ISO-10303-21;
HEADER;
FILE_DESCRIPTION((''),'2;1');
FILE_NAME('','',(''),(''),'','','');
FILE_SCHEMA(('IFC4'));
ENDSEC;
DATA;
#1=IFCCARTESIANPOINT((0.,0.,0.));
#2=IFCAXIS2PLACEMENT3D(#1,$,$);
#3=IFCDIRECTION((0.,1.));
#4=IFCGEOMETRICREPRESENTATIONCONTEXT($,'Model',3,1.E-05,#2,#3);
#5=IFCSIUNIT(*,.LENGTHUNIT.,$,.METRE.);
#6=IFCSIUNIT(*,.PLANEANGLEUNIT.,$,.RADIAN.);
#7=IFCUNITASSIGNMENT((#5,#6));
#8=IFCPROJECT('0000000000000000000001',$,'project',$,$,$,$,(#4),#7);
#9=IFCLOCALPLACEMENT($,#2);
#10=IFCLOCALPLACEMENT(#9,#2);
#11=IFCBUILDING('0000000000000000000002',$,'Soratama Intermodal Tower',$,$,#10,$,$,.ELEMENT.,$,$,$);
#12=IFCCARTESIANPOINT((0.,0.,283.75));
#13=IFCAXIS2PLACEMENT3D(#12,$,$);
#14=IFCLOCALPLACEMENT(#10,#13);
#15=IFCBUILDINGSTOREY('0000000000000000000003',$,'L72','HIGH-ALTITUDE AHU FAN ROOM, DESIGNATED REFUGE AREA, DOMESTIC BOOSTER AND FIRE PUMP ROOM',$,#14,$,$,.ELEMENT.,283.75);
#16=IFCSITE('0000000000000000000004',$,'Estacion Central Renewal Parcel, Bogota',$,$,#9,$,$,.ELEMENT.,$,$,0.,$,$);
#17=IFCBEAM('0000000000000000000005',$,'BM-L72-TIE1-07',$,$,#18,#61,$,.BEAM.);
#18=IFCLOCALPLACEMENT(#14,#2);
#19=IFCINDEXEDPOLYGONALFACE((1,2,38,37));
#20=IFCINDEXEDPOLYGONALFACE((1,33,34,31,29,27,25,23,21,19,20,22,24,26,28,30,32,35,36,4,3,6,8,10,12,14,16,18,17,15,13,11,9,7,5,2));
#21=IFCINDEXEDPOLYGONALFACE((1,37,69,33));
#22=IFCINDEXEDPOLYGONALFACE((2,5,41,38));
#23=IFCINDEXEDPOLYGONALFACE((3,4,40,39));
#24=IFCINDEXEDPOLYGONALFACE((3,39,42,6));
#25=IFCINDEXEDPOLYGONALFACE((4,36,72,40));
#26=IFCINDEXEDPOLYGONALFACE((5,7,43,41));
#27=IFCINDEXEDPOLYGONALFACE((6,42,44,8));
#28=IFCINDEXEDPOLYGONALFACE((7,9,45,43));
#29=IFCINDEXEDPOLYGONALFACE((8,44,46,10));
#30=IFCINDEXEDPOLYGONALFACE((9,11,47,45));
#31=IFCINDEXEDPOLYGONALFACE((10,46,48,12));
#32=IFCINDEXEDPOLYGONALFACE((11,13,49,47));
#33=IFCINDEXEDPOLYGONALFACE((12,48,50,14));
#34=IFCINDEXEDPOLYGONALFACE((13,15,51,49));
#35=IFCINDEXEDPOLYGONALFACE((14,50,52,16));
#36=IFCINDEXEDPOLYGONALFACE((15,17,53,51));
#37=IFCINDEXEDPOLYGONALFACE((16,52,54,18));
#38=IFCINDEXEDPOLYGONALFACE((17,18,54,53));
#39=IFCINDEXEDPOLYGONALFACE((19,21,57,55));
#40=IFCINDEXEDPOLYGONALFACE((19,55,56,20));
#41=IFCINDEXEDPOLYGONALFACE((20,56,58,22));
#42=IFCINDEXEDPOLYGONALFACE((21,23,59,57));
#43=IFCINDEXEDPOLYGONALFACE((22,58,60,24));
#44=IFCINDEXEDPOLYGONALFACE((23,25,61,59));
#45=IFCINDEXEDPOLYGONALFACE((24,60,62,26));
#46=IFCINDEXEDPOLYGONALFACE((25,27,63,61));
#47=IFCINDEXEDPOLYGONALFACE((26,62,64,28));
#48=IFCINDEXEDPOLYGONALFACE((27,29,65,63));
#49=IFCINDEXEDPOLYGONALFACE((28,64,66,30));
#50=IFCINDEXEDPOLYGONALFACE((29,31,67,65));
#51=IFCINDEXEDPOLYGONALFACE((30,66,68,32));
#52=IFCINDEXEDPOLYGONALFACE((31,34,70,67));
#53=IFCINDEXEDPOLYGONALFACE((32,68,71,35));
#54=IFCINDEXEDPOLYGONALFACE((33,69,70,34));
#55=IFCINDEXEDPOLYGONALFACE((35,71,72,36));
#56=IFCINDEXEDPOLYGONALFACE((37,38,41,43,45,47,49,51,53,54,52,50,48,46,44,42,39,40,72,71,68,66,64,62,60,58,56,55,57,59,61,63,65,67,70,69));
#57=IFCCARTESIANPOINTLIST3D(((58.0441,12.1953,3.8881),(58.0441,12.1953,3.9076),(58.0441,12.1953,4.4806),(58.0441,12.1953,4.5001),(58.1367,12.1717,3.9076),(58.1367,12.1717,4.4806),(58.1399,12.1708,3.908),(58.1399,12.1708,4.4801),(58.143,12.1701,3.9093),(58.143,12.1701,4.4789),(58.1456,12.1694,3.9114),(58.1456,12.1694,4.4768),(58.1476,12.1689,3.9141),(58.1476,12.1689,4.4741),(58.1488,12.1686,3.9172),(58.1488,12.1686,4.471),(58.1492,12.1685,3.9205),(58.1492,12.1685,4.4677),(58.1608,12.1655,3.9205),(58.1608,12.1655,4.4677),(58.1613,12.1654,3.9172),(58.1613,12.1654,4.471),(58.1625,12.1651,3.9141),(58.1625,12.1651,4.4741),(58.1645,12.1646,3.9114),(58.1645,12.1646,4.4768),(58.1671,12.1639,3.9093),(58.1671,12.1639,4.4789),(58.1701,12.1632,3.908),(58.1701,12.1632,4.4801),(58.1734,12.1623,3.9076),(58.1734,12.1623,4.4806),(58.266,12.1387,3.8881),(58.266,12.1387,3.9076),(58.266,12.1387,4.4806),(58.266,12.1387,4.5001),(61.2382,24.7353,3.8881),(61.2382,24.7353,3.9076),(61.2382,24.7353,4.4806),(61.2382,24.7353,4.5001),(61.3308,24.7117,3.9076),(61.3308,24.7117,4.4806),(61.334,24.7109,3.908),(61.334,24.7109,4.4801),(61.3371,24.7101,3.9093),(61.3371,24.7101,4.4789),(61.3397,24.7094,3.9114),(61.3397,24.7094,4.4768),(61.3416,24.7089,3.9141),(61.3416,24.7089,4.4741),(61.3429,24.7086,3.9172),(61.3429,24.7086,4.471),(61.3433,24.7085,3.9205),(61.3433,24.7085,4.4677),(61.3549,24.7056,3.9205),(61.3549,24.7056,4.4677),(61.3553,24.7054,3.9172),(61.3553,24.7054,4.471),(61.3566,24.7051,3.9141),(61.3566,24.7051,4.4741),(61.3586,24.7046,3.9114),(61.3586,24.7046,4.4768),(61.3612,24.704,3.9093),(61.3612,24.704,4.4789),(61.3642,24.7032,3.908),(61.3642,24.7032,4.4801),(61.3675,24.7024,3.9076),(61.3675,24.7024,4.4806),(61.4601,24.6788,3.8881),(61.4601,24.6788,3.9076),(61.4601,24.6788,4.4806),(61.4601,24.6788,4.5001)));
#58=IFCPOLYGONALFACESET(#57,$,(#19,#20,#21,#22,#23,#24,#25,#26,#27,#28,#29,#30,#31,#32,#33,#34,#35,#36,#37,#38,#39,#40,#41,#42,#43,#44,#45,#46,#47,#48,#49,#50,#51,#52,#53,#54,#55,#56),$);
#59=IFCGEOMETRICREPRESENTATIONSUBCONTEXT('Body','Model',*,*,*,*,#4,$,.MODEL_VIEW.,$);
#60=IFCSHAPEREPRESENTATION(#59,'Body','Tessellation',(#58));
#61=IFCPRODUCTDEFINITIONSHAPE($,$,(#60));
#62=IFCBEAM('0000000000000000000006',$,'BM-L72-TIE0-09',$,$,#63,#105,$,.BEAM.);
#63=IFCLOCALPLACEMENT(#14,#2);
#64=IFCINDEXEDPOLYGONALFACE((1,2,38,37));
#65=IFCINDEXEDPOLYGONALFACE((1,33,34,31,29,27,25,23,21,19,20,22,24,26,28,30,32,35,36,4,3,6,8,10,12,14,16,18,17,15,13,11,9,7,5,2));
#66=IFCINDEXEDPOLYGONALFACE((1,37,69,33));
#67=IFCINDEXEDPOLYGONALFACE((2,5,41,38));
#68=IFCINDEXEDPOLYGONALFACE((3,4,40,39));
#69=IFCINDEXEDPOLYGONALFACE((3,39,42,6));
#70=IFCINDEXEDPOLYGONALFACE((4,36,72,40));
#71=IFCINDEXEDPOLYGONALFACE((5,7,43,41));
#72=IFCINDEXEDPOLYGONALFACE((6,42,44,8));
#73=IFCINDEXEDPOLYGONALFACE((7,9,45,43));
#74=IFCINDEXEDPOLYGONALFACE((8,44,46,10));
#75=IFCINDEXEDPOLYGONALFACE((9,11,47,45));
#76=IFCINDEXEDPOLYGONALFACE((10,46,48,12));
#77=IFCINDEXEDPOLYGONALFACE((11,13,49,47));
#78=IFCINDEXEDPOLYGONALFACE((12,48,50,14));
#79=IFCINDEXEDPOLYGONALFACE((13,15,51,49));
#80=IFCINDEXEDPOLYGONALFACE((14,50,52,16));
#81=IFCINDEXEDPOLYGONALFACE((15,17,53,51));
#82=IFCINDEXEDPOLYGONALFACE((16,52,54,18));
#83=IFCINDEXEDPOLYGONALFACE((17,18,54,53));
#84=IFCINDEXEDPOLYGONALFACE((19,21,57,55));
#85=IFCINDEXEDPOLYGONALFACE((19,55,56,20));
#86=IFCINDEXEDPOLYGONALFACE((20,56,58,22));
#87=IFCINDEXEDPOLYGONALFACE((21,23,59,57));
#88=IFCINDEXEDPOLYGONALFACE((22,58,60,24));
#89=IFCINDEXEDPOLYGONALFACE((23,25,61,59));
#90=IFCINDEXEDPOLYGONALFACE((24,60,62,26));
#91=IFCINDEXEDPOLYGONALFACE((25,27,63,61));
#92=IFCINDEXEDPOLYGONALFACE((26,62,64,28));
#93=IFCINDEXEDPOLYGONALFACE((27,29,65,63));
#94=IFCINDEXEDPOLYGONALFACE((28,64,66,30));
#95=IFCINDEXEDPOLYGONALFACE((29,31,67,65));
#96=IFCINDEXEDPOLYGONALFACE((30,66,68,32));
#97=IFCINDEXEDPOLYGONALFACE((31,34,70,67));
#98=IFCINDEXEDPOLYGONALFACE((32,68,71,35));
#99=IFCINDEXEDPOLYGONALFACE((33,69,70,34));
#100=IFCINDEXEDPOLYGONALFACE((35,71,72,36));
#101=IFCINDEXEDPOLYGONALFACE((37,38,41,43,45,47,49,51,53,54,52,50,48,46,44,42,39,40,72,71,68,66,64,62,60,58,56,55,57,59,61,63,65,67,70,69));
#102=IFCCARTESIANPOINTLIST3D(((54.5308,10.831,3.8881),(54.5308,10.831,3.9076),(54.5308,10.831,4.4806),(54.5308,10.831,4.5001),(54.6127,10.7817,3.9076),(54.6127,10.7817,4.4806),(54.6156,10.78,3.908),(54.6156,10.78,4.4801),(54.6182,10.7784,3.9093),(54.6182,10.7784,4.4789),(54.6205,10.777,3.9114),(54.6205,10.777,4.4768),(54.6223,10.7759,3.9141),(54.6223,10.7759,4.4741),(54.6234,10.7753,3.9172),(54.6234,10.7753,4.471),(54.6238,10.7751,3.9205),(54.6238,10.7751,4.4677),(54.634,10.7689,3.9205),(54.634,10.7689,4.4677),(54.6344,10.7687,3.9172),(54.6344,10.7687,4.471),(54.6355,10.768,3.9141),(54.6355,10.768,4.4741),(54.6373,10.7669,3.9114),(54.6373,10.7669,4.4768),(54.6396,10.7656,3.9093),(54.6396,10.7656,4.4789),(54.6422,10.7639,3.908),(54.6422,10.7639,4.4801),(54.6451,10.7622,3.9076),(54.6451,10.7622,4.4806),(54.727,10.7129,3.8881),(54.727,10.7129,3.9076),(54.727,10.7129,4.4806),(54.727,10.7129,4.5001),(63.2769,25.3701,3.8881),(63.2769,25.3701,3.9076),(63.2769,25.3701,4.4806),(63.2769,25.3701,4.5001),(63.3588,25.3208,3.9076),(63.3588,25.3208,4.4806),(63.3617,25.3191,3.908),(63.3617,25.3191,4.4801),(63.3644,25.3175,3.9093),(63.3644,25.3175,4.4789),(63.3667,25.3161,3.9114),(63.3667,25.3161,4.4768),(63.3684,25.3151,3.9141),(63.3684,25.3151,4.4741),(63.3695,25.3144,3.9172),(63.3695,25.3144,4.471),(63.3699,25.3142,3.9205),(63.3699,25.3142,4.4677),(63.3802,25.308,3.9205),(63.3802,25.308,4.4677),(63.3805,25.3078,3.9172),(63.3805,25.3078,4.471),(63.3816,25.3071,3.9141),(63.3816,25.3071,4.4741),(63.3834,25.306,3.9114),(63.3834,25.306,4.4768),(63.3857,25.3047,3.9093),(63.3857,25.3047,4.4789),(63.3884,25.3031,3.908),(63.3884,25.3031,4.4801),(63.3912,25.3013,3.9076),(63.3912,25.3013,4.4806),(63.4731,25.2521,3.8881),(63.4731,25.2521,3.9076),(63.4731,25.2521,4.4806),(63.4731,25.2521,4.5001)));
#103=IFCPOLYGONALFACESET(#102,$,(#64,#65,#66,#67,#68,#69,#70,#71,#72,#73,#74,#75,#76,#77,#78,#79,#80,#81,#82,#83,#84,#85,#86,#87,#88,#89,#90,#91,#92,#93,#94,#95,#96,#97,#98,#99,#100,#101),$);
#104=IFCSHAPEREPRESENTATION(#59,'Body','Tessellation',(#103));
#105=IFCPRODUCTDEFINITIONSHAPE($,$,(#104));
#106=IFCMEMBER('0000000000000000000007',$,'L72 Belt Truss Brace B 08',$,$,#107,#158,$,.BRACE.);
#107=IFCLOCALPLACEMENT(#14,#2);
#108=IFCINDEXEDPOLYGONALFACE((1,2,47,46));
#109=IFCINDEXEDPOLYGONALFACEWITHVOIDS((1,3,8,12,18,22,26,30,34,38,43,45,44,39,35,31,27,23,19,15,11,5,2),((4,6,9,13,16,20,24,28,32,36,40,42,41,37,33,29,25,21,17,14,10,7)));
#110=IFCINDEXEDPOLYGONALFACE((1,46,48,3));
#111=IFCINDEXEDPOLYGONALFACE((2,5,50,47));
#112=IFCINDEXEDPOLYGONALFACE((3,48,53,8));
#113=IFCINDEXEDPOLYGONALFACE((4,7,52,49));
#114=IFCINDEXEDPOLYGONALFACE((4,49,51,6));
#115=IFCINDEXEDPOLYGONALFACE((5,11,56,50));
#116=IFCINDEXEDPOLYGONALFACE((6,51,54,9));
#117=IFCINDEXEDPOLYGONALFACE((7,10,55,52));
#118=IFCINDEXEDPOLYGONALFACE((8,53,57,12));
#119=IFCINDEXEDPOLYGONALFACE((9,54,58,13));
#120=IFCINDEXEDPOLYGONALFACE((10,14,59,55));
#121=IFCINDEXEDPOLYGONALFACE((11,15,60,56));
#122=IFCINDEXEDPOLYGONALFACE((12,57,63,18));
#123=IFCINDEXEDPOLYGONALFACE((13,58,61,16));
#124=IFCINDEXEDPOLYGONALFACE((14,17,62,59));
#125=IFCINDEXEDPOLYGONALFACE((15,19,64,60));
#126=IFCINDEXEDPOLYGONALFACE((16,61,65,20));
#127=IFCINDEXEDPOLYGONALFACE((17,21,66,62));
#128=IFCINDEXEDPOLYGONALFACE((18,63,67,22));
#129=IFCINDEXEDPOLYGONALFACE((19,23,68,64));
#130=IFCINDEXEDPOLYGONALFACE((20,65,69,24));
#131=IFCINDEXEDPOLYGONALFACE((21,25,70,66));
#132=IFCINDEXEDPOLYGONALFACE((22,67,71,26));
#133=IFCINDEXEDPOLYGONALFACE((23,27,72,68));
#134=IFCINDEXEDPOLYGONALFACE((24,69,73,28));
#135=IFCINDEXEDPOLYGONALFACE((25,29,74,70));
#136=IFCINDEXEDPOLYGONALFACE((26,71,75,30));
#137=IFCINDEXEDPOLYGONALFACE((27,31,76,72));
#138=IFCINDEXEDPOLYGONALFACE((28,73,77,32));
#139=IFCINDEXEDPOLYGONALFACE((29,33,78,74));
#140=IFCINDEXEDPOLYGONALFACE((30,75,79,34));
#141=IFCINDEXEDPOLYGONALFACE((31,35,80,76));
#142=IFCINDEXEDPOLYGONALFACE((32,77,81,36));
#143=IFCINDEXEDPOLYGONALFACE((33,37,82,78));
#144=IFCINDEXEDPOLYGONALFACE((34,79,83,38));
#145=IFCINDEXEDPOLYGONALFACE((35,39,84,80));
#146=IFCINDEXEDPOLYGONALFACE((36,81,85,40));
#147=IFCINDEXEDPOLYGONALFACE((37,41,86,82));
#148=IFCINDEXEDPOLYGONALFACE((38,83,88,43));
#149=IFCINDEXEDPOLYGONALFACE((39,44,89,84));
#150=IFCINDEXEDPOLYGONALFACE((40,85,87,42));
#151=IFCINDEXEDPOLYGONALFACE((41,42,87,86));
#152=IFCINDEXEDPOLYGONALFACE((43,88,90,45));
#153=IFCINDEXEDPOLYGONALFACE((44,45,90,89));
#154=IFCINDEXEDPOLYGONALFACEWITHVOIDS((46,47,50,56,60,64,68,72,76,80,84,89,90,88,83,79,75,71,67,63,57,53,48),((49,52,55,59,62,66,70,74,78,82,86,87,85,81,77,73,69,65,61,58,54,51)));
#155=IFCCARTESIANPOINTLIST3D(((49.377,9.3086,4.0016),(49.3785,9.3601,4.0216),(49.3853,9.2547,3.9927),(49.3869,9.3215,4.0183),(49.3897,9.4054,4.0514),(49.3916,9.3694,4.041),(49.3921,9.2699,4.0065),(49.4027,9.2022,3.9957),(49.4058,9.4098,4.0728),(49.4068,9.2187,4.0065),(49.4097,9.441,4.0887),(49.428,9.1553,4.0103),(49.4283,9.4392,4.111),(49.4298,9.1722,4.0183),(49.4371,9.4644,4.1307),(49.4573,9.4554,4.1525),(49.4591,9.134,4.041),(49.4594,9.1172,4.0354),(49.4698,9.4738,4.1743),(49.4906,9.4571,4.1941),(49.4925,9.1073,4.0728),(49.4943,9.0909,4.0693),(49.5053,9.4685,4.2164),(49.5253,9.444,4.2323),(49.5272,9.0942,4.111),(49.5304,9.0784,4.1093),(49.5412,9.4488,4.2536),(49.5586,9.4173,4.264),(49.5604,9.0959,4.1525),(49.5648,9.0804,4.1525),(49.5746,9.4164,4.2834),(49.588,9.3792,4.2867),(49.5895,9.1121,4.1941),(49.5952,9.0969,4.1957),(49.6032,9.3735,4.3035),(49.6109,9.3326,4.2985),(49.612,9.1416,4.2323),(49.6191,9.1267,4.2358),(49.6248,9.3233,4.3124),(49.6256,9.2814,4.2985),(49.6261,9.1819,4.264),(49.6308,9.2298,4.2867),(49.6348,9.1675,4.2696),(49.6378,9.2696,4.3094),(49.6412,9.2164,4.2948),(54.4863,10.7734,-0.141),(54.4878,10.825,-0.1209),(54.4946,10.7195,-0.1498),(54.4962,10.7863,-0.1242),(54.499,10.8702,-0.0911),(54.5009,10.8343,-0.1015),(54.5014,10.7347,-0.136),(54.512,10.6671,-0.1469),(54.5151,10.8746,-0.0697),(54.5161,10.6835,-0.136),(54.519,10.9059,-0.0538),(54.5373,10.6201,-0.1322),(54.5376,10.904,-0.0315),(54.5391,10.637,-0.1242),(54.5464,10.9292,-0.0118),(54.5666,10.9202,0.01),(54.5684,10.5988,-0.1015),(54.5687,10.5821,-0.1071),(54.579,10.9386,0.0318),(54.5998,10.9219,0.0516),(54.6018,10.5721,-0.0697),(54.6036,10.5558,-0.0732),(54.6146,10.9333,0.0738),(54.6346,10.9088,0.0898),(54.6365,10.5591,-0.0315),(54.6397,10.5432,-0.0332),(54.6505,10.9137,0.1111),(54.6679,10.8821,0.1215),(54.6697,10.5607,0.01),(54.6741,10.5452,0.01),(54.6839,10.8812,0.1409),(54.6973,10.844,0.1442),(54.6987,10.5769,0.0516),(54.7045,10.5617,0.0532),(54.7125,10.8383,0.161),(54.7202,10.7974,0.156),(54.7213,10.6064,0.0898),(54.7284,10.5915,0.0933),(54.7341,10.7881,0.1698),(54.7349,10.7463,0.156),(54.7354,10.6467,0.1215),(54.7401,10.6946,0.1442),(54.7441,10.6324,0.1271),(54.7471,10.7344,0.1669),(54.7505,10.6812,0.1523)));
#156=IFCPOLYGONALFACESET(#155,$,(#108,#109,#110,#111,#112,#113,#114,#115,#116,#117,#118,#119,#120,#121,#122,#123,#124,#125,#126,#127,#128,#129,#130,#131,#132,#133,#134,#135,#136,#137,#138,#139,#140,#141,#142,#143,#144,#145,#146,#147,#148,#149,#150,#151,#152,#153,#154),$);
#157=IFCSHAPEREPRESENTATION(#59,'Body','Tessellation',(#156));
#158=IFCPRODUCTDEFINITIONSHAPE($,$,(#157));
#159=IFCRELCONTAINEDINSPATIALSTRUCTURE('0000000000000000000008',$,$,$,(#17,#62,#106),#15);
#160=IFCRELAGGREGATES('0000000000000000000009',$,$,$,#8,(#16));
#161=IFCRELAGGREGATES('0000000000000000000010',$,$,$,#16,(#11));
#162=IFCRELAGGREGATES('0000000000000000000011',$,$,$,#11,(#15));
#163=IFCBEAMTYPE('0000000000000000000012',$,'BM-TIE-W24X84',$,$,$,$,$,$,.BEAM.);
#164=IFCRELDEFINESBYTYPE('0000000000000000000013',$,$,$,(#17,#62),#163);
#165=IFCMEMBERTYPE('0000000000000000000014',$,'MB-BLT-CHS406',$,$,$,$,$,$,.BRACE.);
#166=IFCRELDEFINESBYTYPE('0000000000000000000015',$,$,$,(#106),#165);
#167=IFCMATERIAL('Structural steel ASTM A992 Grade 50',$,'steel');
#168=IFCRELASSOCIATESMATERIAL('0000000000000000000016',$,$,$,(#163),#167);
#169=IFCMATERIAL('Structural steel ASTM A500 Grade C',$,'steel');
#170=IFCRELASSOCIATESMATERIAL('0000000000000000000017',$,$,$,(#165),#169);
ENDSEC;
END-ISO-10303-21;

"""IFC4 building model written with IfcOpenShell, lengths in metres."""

from ifc_helpers import new_model, si_unit, direction, frame, origin, origin_2d, place, context, subcontext, project, spatial, hollow_circle, i_section, extrude, material, material_profile, profile_set, type_object, element, save


model = new_model("IFC4")

# Units and contexts
model_context = context("Model", 3, precision=1e-05, world=origin(), true_north=direction((0.0, 1.0)))
body_context = subcontext(model_context, "Body", "Model", "MODEL_VIEW")
ifc_project = project(units=[si_unit("LENGTHUNIT", "METRE"), si_unit("PLANEANGLEUNIT", "RADIAN")], contexts=[model_context])

# Site, building, storey
site_placement = place(None, origin())
site = spatial("IfcSite", under=ifc_project, at=site_placement, Name="Estacion Central Renewal Parcel, Bogota", CompositionType="ELEMENT", RefElevation=0.0)
building_placement = place(site_placement, origin())
building = spatial("IfcBuilding", under=site, at=building_placement, Name="Soratama Intermodal Tower", CompositionType="ELEMENT")
storey_placement = place(building_placement, frame((0.0, 0.0, 283.75)))
storey = spatial("IfcBuildingStorey", under=building, at=storey_placement, Name="L72", Description="HIGH-ALTITUDE AHU FAN ROOM, DESIGNATED REFUGE AREA, DOMESTIC BOOSTER AND FIRE PUMP ROOM", CompositionType="ELEMENT", Elevation=283.75)

# Beams
ifc_material_1 = material(Name="Structural steel ASTM A992 Grade 50", Category="steel")
ifc_material_profile_1 = material_profile(ifc_material_1, i_section(OverallWidth=0.229, OverallDepth=0.6121, WebThickness=0.012, FlangeThickness=0.0195, FilletRadius=0.0129, at=origin_2d()), Name="W24X84")
ifc_profile_set_1 = profile_set([ifc_material_profile_1], Name="Structural steel ASTM A992 Grade 50")
beam_type_1 = type_object("IfcBeamType", Name="BM-TIE-W24X84", PredefinedType="BEAM", material=ifc_profile_set_1)
beam_1_placement = place(storey_placement, frame((61.3491, 24.707, 4.1941), z_axis=(-0.24683, -0.969059, 0.0), x_axis=(0.969059, -0.24683, 0.0)))
element("IfcBeam", 1, at=beam_1_placement, inside=storey, type_object=beam_type_1, Name="BM-L72-TIE1-07", PredefinedType="BEAM", context=body_context, shape_type="SweptSolid", body=[
    extrude(i_section(OverallWidth=0.229, OverallDepth=0.6121, WebThickness=0.012, FlangeThickness=0.0195, FilletRadius=0.0129, at=origin_2d()), origin(), (0.0, 0.0, 1.0), 12.9404),
])
beam_2_placement = place(storey_placement, frame((54.6289, 10.772, 4.1941), z_axis=(0.515477, 0.856903, 0.0), x_axis=(-0.856903, 0.515477, 0.0)))
element("IfcBeam", 2, at=beam_2_placement, inside=storey, type_object=beam_type_1, Name="BM-L72-TIE0-09", PredefinedType="BEAM", context=body_context, shape_type="SweptSolid", body=[
    extrude(i_section(OverallWidth=0.229, OverallDepth=0.6121, WebThickness=0.012, FlangeThickness=0.0195, FilletRadius=0.0129, at=origin_2d()), origin(), (0.0, 0.0, 1.0), 16.967),
])

# Member
ifc_material_2 = material(Name="Structural steel ASTM A500 Grade C", Category="steel")
ifc_material_profile_2 = material_profile(ifc_material_2, hollow_circle(Radius=0.2031, WallThickness=0.0161, at=origin_2d()), Name="CHS406X16")
ifc_profile_set_2 = profile_set([ifc_material_profile_2], Name="Structural steel ASTM A500 Grade C")
member_type_1 = type_object("IfcMemberType", Name="MB-BLT-CHS406", PredefinedType="BRACE", material=ifc_profile_set_2)
for number, where, z_axis, x_axis, name in (
    (3, (54.6182, 10.7405, 0.01), (-0.758194, -0.217372, 0.614728), (0.275595, -0.961274, 0.0), "L72 Belt Truss Brace B 08"),
):
    element("IfcMember", number, at=place(storey_placement, frame(where, z_axis=z_axis, x_axis=x_axis)), inside=storey, type_object=member_type_1, Name=name, PredefinedType="BRACE", context=body_context, shape_type="SweptSolid", body=[
        extrude(hollow_circle(Radius=0.2031, WallThickness=0.0161, at=origin_2d()), origin(), (0.0, 0.0, 1.0), 6.7388),
    ])

save(model, "model.ifc")
